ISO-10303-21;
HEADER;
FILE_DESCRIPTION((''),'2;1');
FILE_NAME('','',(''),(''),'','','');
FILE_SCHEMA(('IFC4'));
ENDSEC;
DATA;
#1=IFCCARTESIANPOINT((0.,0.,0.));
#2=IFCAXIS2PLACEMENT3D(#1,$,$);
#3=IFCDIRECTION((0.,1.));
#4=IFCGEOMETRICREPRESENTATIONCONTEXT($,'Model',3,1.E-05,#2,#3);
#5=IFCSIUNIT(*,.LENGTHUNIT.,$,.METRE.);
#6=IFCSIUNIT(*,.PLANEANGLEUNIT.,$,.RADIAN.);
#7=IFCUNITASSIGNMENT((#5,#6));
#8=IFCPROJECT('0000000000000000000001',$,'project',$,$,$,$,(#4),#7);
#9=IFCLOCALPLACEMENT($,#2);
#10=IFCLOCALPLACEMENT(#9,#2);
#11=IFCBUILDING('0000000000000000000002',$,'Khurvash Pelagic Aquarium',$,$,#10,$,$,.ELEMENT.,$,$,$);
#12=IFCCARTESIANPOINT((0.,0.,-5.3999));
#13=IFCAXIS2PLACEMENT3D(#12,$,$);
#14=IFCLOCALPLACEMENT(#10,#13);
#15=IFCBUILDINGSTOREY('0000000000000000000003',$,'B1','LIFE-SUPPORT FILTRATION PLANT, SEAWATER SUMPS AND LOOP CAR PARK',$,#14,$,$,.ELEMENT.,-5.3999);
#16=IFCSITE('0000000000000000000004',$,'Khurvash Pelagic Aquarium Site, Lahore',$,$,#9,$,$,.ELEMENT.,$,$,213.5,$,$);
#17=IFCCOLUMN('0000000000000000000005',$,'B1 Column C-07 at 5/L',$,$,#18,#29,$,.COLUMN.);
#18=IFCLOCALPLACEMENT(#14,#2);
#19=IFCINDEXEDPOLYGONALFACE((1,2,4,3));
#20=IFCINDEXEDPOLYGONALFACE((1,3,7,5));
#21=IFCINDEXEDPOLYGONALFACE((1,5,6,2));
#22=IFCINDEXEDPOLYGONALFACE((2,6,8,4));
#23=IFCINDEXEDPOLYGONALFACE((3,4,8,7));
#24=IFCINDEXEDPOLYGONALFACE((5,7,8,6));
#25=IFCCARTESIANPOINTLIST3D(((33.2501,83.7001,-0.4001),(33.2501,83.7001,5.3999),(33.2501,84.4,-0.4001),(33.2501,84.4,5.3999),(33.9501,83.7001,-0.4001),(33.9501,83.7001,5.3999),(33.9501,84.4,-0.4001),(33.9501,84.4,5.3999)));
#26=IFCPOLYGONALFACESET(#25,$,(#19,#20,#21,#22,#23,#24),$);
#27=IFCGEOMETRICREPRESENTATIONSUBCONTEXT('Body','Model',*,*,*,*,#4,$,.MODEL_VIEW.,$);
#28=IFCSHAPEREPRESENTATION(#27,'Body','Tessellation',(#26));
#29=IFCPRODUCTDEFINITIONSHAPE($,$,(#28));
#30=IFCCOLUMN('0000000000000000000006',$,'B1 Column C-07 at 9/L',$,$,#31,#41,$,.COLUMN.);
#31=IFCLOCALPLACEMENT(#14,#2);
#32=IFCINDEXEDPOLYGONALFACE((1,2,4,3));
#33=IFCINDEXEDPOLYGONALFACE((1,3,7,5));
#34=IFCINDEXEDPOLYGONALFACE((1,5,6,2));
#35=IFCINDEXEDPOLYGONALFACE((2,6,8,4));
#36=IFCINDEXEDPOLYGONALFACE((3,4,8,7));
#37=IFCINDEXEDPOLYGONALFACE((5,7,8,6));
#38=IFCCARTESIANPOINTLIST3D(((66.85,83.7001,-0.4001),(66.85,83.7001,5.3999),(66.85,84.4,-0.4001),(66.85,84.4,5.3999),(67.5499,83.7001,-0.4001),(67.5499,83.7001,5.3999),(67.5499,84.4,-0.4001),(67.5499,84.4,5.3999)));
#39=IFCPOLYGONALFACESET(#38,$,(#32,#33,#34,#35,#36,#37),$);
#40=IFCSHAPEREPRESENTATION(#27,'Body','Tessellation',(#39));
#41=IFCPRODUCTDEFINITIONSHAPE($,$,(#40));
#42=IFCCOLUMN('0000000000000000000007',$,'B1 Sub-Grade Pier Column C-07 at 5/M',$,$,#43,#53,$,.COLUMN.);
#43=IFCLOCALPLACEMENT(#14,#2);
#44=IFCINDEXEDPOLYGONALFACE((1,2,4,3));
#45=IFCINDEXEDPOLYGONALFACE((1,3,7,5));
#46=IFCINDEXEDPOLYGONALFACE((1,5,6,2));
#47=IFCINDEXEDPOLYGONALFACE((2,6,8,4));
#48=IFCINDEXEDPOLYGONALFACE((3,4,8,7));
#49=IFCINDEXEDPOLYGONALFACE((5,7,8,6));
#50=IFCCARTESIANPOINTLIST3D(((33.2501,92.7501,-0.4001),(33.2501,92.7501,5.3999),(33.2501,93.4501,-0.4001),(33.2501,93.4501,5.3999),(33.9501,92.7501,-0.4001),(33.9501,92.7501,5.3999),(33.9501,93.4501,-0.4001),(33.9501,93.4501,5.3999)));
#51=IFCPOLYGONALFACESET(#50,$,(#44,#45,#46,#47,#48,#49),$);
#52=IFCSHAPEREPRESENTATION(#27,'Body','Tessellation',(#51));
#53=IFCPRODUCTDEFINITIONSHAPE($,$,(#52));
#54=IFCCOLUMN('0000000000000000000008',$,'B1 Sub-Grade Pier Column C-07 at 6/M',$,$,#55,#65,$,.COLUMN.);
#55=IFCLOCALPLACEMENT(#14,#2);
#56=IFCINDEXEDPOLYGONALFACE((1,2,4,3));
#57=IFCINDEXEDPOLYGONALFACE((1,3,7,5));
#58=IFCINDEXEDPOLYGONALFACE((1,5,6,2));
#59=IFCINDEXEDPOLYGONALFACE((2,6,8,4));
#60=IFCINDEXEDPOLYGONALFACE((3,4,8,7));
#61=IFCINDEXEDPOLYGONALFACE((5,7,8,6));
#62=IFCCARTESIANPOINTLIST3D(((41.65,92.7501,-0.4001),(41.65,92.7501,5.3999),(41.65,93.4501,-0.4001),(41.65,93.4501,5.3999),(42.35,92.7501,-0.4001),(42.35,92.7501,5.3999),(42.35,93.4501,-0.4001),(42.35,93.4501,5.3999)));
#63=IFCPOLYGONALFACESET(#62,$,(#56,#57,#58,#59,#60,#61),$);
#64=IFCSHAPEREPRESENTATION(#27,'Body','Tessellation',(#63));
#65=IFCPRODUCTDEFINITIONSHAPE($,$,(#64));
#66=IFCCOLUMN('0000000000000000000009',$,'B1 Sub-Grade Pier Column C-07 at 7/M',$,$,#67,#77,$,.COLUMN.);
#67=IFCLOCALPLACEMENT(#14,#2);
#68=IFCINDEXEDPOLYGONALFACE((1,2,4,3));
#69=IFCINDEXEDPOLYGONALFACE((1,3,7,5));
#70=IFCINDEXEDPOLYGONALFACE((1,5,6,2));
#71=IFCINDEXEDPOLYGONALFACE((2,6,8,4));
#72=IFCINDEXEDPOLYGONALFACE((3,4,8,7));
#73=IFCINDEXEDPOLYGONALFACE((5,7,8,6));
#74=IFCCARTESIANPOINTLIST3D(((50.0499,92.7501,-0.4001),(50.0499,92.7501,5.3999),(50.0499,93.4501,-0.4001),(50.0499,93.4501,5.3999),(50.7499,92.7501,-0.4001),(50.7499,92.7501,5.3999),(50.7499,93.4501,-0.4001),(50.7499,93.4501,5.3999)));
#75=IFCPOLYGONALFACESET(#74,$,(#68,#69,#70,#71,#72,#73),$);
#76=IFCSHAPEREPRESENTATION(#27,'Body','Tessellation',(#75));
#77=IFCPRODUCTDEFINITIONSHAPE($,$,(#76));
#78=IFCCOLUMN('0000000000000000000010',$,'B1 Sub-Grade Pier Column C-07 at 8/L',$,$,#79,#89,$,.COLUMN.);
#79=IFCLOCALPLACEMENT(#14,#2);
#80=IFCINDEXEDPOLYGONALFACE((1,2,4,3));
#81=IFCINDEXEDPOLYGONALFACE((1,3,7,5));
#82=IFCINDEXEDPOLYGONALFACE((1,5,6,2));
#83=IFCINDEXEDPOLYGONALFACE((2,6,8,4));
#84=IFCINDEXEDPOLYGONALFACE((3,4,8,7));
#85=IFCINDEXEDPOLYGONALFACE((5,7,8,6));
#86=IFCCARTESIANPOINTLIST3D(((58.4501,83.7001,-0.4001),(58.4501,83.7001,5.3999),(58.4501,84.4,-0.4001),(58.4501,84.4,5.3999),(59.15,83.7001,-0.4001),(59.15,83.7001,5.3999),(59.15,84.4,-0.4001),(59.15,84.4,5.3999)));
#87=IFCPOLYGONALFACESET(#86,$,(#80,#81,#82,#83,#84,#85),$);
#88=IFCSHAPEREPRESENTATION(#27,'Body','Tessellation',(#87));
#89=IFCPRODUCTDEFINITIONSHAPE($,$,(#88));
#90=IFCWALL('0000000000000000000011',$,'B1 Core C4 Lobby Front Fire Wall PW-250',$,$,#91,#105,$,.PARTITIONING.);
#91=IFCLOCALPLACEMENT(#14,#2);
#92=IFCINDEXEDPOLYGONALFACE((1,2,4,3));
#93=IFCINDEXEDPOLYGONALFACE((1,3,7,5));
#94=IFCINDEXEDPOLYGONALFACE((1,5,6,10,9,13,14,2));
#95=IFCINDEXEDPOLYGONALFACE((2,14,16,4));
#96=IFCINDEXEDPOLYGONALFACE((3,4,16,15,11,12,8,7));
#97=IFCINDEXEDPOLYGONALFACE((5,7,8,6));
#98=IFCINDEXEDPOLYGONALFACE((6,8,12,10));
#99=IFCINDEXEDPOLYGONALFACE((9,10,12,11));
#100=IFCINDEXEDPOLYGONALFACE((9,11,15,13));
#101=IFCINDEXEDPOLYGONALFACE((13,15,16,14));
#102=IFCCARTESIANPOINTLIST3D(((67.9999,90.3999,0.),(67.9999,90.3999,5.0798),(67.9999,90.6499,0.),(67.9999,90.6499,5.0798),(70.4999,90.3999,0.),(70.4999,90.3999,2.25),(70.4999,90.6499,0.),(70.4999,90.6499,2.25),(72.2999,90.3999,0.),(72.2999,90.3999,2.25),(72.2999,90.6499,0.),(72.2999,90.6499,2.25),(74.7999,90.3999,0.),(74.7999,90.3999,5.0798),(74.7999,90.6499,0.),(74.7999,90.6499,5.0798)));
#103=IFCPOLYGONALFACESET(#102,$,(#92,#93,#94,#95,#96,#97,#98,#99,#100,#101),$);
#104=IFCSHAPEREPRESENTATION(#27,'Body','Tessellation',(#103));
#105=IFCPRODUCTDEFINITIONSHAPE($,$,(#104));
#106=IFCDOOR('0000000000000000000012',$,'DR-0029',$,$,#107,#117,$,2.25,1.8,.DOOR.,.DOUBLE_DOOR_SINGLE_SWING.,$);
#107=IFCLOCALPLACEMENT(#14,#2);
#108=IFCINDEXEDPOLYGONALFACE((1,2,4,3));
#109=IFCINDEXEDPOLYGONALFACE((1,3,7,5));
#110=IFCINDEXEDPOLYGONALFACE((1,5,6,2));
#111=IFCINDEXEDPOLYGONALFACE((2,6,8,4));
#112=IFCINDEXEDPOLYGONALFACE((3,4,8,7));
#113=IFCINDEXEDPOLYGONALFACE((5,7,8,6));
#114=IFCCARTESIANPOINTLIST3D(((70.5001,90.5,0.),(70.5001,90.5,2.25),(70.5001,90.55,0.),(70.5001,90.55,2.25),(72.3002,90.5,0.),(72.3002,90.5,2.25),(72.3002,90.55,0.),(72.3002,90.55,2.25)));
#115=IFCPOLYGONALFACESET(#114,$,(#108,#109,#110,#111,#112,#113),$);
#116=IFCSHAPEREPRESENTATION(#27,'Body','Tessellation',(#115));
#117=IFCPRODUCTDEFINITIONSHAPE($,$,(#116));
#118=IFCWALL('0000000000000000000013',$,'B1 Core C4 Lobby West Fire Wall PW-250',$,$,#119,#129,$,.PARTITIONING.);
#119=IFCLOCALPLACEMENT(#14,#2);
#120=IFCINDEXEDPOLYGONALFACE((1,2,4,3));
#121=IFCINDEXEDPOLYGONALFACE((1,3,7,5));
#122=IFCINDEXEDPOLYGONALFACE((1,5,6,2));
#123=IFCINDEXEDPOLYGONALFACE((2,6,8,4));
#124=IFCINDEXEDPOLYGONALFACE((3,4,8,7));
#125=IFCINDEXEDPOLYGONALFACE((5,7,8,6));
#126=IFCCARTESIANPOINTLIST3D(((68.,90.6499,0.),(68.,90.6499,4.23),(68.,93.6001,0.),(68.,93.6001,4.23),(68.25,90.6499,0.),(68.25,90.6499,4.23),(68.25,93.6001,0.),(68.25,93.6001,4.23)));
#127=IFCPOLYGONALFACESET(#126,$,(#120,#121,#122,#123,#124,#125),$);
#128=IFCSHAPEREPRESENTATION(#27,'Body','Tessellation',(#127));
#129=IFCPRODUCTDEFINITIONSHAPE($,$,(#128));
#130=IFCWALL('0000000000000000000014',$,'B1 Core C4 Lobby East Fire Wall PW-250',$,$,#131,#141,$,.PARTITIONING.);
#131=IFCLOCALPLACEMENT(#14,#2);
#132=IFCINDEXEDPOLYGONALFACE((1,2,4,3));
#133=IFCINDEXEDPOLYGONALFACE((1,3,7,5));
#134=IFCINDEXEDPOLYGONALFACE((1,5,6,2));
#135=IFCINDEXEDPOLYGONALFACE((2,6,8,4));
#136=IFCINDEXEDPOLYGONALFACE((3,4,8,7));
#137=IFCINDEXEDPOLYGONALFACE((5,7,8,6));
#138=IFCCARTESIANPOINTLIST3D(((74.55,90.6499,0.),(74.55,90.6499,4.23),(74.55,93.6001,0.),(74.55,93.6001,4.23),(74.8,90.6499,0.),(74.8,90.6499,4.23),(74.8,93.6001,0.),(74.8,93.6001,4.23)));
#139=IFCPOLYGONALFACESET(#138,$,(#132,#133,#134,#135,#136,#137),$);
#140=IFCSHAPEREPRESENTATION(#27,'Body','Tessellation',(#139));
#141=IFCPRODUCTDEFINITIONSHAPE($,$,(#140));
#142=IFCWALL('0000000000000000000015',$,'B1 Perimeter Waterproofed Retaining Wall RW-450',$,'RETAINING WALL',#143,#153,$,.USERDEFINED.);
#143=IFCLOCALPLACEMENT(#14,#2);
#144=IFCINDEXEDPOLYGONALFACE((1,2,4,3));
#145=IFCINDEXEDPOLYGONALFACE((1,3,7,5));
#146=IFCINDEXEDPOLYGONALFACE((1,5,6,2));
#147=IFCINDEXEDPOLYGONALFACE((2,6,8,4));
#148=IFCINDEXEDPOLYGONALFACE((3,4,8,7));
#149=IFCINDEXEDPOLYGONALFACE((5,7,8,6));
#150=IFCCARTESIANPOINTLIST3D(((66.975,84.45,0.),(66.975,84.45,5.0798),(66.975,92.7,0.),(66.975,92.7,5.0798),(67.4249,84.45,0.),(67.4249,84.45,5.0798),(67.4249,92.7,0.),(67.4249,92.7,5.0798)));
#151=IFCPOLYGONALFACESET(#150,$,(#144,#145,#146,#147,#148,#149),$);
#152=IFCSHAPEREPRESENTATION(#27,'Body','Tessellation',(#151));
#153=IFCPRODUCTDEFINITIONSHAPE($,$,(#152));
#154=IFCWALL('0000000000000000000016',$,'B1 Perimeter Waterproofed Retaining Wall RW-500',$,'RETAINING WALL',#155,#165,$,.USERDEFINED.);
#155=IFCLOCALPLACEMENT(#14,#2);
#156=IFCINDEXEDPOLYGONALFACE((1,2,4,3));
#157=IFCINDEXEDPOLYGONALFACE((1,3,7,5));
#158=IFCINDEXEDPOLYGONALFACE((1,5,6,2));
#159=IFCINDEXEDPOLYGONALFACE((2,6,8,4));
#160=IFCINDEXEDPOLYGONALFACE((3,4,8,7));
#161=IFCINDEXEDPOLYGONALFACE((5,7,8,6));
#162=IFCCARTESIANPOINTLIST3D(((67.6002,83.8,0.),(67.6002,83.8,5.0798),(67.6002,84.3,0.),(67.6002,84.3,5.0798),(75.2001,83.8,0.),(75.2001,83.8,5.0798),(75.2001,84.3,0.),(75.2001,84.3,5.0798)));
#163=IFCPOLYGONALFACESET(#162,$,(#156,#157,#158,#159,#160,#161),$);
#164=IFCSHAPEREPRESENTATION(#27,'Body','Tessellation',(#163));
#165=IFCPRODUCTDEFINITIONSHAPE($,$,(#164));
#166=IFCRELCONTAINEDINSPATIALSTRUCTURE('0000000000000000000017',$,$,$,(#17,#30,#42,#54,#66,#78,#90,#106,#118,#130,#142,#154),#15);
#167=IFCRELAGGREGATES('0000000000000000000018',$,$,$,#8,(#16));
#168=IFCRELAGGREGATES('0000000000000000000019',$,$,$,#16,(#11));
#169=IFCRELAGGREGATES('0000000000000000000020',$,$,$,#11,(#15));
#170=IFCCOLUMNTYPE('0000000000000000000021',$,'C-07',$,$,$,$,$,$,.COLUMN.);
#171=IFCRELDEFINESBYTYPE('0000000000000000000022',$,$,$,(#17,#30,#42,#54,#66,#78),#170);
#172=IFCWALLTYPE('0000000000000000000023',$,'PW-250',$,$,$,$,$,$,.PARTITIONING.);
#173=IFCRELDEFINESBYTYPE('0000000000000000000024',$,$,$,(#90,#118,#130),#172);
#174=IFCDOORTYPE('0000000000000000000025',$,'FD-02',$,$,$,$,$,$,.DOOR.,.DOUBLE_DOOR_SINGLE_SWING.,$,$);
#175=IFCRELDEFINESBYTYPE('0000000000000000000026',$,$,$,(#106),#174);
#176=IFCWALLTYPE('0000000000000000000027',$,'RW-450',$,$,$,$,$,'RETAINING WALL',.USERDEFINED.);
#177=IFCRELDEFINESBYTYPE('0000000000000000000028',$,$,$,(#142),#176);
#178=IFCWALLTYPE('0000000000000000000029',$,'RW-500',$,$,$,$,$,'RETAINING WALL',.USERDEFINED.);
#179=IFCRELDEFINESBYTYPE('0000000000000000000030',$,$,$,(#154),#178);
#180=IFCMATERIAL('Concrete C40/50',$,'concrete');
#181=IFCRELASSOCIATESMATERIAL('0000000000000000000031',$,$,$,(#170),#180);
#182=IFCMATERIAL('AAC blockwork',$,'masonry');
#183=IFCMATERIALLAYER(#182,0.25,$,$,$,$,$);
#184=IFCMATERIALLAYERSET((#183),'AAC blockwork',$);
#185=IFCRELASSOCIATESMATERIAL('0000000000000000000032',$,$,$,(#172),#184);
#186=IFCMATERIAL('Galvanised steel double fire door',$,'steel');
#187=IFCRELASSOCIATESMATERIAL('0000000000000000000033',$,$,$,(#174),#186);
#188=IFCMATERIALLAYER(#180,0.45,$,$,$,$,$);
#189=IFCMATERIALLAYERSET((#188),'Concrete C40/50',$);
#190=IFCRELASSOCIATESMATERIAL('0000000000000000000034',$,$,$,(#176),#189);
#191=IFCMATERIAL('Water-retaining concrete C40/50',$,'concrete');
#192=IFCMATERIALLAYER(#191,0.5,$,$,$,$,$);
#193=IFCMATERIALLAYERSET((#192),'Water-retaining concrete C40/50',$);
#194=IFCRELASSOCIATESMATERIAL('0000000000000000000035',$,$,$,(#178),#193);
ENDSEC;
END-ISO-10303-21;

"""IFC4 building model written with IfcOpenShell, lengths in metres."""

from ifc_helpers import new_model, si_unit, direction, frame, frame_2d, origin, origin_2d, place, context, subcontext, project, spatial, rectangle, extrude, material, layer, layer_set, material_profile, profile_set, type_object, element, fill, save


model = new_model("IFC4")

# Units and contexts
model_context = context("Model", 3, precision=1e-05, world=origin(), true_north=direction((0.0, 1.0)))
body_context = subcontext(model_context, "Body", "Model", "MODEL_VIEW")
ifc_project = project(units=[si_unit("LENGTHUNIT", "METRE"), si_unit("PLANEANGLEUNIT", "RADIAN")], contexts=[model_context])

# Site, building, storey
site_placement = place(None, origin())
site = spatial("IfcSite", under=ifc_project, at=site_placement, Name="Khurvash Pelagic Aquarium Site, Lahore", CompositionType="ELEMENT", RefElevation=213.5)
building_placement = place(site_placement, origin())
building = spatial("IfcBuilding", under=site, at=building_placement, Name="Khurvash Pelagic Aquarium", CompositionType="ELEMENT")
storey_placement = place(building_placement, frame((0.0, 0.0, -5.3999)))
storey = spatial("IfcBuildingStorey", under=building, at=storey_placement, Name="B1", Description="LIFE-SUPPORT FILTRATION PLANT, SEAWATER SUMPS AND LOOP CAR PARK", CompositionType="ELEMENT", Elevation=-5.3999)

# Columns
ifc_material_1 = material(Name="Concrete C40/50", Category="concrete")
ifc_material_profile_1 = material_profile(ifc_material_1, rectangle(XDim=0.7, YDim=0.7, at=origin_2d()), Name="RC700X700")
ifc_profile_set_1 = profile_set([ifc_material_profile_1], Name="Concrete C40/50")
column_type = type_object("IfcColumnType", Name="C-07", PredefinedType="COLUMN", material=ifc_profile_set_1)
for number, where, z_axis, x_axis, name in (
    (1, (33.6001, 84.05, -0.4001), (0.0, 0.0, 1.0), (1.0, 0.0, 0.0), "B1 Column C-07 at 5/L"),
    (2, (67.2, 84.05, -0.4001), (0.0, 0.0, 1.0), (1.0, 0.0, 0.0), "B1 Column C-07 at 9/L"),
    (3, (33.6001, 93.1001, -0.4001), (0.0, 0.0, 1.0), (1.0, 0.0, 0.0), "B1 Sub-Grade Pier Column C-07 at 5/M"),
    (4, (42.0, 93.1001, -0.4001), (0.0, 0.0, 1.0), (1.0, 0.0, 0.0), "B1 Sub-Grade Pier Column C-07 at 6/M"),
    (5, (50.3999, 93.1001, -0.4001), (0.0, 0.0, 1.0), (1.0, 0.0, 0.0), "B1 Sub-Grade Pier Column C-07 at 7/M"),
    (6, (58.8, 84.05, -0.4001), (0.0, 0.0, 1.0), (1.0, 0.0, 0.0), "B1 Sub-Grade Pier Column C-07 at 8/L"),
):
    element("IfcColumn", number, at=place(storey_placement, frame(where, z_axis=z_axis, x_axis=x_axis)), inside=storey, type_object=column_type, Name=name, PredefinedType="COLUMN", context=body_context, shape_type="SweptSolid", body=[
        extrude(rectangle(XDim=0.7, YDim=0.7, at=origin_2d()), origin(), (0.0, 0.0, 1.0), 5.8),
    ])

# Wall, opening, door
ifc_material_2 = material(Name="AAC blockwork", Category="masonry")
ifc_layer_1 = layer(ifc_material_2, 0.25)
ifc_layer_set_1 = layer_set([ifc_layer_1], Name="AAC blockwork")
wall_type_1 = type_object("IfcWallType", Name="PW-250", PredefinedType="PARTITIONING", material=ifc_layer_set_1)
wall_1_placement = place(storey_placement, frame((68.0, 90.5249, 0.0), z_axis=(0.0, 0.0, 1.0), x_axis=(1.0, 0.0, 0.0)))
wall_1 = element("IfcWall", 7, at=wall_1_placement, inside=storey, type_object=wall_type_1, Name="B1 Core C4 Lobby Front Fire Wall PW-250", PredefinedType="PARTITIONING", context=body_context, shape_type="SweptSolid", body=[
    extrude(rectangle(XDim=6.8, YDim=0.25, at=frame_2d((3.3999, 0.0))), origin(), (0.0, 0.0, 1.0), 5.0798),
])
opening_placement = place(wall_1_placement, frame((2.5, 0.0, 0.0)))
opening = element("IfcOpeningElement", 8, at=opening_placement, cuts=wall_1, PredefinedType="OPENING", context=body_context, shape_type="SweptSolid", body=[
    extrude(rectangle(XDim=1.8, YDim=2.25, at=frame_2d((0.8999, 1.125))), frame((0.0, 0.135, 0.0), z_axis=(0.0, -1.0, 0.0), x_axis=(1.0, 0.0, 0.0)), (0.0, 0.0, 1.0), 0.27),
])
ifc_material_3 = material(Name="Galvanised steel double fire door", Category="steel")
door_type = type_object("IfcDoorType", Name="FD-02", OperationType="DOUBLE_DOOR_SINGLE_SWING", PredefinedType="DOOR", material=ifc_material_3)
door_placement = place(opening_placement, frame((1.8, 0.0, 0.0), z_axis=(0.0, 0.0, 1.0), x_axis=(-1.0, 0.0, 0.0)))
door = element("IfcDoor", 9, at=door_placement, inside=storey, type_object=door_type, Name="DR-0029", OperationType="DOUBLE_DOOR_SINGLE_SWING", OverallHeight=2.25, OverallWidth=1.8, PredefinedType="DOOR", context=body_context, shape_type="SweptSolid", body=[
    extrude(rectangle(XDim=1.8, YDim=2.25, at=frame_2d((0.8999, 1.125))), frame((0.0, 0.0249, 0.0), z_axis=(0.0, -1.0, 0.0), x_axis=(1.0, 0.0, 0.0)), (0.0, 0.0, 1.0), 0.05),
])
fill(opening, door)

# Walls
for number, where, z_axis, x_axis, name in (
    (10, (68.125, 90.6499, 0.0), (0.0, 0.0, 1.0), (0.0, 1.0, 0.0), "B1 Core C4 Lobby West Fire Wall PW-250"),
    (11, (74.675, 90.6499, 0.0), (0.0, 0.0, 1.0), (0.0, 1.0, 0.0), "B1 Core C4 Lobby East Fire Wall PW-250"),
):
    element("IfcWall", number, at=place(storey_placement, frame(where, z_axis=z_axis, x_axis=x_axis)), inside=storey, type_object=wall_type_1, Name=name, PredefinedType="PARTITIONING", context=body_context, shape_type="SweptSolid", body=[
        extrude(rectangle(XDim=2.9502, YDim=0.25, at=frame_2d((1.4751, 0.0))), origin(), (0.0, 0.0, 1.0), 4.23),
    ])
ifc_layer_2 = layer(ifc_material_1, 0.45)
ifc_layer_set_2 = layer_set([ifc_layer_2], Name="Concrete C40/50")
wall_type_2 = type_object("IfcWallType", Name="RW-450", ElementType="RETAINING WALL", PredefinedType="USERDEFINED", material=ifc_layer_set_2)
wall_2_placement = place(storey_placement, frame((67.2, 84.45, 0.0), z_axis=(0.0, 0.0, 1.0), x_axis=(0.0, 1.0, 0.0)))
element("IfcWall", 12, at=wall_2_placement, inside=storey, type_object=wall_type_2, Name="B1 Perimeter Waterproofed Retaining Wall RW-450", ObjectType="RETAINING WALL", PredefinedType="USERDEFINED", context=body_context, shape_type="SweptSolid", body=[
    extrude(rectangle(XDim=8.25, YDim=0.45, at=frame_2d((4.125, 0.0))), origin(), (0.0, 0.0, 1.0), 5.0798),
])
ifc_material_4 = material(Name="Water-retaining concrete C40/50", Category="concrete")
ifc_layer_3 = layer(ifc_material_4, 0.5)
ifc_layer_set_3 = layer_set([ifc_layer_3], Name="Water-retaining concrete C40/50")
wall_type_3 = type_object("IfcWallType", Name="RW-500", ElementType="RETAINING WALL", PredefinedType="USERDEFINED", material=ifc_layer_set_3)
wall_3_placement = place(storey_placement, frame((75.2, 84.05, 0.0), z_axis=(0.0, 0.0, 1.0), x_axis=(-1.0, 0.0, 0.0)))
element("IfcWall", 13, at=wall_3_placement, inside=storey, type_object=wall_type_3, Name="B1 Perimeter Waterproofed Retaining Wall RW-500", ObjectType="RETAINING WALL", PredefinedType="USERDEFINED", context=body_context, shape_type="SweptSolid", body=[
    extrude(rectangle(XDim=7.5999, YDim=0.5, at=frame_2d((3.7998, 0.0))), origin(), (0.0, 0.0, 1.0), 5.0798),
])

save(model, "model.ifc")
